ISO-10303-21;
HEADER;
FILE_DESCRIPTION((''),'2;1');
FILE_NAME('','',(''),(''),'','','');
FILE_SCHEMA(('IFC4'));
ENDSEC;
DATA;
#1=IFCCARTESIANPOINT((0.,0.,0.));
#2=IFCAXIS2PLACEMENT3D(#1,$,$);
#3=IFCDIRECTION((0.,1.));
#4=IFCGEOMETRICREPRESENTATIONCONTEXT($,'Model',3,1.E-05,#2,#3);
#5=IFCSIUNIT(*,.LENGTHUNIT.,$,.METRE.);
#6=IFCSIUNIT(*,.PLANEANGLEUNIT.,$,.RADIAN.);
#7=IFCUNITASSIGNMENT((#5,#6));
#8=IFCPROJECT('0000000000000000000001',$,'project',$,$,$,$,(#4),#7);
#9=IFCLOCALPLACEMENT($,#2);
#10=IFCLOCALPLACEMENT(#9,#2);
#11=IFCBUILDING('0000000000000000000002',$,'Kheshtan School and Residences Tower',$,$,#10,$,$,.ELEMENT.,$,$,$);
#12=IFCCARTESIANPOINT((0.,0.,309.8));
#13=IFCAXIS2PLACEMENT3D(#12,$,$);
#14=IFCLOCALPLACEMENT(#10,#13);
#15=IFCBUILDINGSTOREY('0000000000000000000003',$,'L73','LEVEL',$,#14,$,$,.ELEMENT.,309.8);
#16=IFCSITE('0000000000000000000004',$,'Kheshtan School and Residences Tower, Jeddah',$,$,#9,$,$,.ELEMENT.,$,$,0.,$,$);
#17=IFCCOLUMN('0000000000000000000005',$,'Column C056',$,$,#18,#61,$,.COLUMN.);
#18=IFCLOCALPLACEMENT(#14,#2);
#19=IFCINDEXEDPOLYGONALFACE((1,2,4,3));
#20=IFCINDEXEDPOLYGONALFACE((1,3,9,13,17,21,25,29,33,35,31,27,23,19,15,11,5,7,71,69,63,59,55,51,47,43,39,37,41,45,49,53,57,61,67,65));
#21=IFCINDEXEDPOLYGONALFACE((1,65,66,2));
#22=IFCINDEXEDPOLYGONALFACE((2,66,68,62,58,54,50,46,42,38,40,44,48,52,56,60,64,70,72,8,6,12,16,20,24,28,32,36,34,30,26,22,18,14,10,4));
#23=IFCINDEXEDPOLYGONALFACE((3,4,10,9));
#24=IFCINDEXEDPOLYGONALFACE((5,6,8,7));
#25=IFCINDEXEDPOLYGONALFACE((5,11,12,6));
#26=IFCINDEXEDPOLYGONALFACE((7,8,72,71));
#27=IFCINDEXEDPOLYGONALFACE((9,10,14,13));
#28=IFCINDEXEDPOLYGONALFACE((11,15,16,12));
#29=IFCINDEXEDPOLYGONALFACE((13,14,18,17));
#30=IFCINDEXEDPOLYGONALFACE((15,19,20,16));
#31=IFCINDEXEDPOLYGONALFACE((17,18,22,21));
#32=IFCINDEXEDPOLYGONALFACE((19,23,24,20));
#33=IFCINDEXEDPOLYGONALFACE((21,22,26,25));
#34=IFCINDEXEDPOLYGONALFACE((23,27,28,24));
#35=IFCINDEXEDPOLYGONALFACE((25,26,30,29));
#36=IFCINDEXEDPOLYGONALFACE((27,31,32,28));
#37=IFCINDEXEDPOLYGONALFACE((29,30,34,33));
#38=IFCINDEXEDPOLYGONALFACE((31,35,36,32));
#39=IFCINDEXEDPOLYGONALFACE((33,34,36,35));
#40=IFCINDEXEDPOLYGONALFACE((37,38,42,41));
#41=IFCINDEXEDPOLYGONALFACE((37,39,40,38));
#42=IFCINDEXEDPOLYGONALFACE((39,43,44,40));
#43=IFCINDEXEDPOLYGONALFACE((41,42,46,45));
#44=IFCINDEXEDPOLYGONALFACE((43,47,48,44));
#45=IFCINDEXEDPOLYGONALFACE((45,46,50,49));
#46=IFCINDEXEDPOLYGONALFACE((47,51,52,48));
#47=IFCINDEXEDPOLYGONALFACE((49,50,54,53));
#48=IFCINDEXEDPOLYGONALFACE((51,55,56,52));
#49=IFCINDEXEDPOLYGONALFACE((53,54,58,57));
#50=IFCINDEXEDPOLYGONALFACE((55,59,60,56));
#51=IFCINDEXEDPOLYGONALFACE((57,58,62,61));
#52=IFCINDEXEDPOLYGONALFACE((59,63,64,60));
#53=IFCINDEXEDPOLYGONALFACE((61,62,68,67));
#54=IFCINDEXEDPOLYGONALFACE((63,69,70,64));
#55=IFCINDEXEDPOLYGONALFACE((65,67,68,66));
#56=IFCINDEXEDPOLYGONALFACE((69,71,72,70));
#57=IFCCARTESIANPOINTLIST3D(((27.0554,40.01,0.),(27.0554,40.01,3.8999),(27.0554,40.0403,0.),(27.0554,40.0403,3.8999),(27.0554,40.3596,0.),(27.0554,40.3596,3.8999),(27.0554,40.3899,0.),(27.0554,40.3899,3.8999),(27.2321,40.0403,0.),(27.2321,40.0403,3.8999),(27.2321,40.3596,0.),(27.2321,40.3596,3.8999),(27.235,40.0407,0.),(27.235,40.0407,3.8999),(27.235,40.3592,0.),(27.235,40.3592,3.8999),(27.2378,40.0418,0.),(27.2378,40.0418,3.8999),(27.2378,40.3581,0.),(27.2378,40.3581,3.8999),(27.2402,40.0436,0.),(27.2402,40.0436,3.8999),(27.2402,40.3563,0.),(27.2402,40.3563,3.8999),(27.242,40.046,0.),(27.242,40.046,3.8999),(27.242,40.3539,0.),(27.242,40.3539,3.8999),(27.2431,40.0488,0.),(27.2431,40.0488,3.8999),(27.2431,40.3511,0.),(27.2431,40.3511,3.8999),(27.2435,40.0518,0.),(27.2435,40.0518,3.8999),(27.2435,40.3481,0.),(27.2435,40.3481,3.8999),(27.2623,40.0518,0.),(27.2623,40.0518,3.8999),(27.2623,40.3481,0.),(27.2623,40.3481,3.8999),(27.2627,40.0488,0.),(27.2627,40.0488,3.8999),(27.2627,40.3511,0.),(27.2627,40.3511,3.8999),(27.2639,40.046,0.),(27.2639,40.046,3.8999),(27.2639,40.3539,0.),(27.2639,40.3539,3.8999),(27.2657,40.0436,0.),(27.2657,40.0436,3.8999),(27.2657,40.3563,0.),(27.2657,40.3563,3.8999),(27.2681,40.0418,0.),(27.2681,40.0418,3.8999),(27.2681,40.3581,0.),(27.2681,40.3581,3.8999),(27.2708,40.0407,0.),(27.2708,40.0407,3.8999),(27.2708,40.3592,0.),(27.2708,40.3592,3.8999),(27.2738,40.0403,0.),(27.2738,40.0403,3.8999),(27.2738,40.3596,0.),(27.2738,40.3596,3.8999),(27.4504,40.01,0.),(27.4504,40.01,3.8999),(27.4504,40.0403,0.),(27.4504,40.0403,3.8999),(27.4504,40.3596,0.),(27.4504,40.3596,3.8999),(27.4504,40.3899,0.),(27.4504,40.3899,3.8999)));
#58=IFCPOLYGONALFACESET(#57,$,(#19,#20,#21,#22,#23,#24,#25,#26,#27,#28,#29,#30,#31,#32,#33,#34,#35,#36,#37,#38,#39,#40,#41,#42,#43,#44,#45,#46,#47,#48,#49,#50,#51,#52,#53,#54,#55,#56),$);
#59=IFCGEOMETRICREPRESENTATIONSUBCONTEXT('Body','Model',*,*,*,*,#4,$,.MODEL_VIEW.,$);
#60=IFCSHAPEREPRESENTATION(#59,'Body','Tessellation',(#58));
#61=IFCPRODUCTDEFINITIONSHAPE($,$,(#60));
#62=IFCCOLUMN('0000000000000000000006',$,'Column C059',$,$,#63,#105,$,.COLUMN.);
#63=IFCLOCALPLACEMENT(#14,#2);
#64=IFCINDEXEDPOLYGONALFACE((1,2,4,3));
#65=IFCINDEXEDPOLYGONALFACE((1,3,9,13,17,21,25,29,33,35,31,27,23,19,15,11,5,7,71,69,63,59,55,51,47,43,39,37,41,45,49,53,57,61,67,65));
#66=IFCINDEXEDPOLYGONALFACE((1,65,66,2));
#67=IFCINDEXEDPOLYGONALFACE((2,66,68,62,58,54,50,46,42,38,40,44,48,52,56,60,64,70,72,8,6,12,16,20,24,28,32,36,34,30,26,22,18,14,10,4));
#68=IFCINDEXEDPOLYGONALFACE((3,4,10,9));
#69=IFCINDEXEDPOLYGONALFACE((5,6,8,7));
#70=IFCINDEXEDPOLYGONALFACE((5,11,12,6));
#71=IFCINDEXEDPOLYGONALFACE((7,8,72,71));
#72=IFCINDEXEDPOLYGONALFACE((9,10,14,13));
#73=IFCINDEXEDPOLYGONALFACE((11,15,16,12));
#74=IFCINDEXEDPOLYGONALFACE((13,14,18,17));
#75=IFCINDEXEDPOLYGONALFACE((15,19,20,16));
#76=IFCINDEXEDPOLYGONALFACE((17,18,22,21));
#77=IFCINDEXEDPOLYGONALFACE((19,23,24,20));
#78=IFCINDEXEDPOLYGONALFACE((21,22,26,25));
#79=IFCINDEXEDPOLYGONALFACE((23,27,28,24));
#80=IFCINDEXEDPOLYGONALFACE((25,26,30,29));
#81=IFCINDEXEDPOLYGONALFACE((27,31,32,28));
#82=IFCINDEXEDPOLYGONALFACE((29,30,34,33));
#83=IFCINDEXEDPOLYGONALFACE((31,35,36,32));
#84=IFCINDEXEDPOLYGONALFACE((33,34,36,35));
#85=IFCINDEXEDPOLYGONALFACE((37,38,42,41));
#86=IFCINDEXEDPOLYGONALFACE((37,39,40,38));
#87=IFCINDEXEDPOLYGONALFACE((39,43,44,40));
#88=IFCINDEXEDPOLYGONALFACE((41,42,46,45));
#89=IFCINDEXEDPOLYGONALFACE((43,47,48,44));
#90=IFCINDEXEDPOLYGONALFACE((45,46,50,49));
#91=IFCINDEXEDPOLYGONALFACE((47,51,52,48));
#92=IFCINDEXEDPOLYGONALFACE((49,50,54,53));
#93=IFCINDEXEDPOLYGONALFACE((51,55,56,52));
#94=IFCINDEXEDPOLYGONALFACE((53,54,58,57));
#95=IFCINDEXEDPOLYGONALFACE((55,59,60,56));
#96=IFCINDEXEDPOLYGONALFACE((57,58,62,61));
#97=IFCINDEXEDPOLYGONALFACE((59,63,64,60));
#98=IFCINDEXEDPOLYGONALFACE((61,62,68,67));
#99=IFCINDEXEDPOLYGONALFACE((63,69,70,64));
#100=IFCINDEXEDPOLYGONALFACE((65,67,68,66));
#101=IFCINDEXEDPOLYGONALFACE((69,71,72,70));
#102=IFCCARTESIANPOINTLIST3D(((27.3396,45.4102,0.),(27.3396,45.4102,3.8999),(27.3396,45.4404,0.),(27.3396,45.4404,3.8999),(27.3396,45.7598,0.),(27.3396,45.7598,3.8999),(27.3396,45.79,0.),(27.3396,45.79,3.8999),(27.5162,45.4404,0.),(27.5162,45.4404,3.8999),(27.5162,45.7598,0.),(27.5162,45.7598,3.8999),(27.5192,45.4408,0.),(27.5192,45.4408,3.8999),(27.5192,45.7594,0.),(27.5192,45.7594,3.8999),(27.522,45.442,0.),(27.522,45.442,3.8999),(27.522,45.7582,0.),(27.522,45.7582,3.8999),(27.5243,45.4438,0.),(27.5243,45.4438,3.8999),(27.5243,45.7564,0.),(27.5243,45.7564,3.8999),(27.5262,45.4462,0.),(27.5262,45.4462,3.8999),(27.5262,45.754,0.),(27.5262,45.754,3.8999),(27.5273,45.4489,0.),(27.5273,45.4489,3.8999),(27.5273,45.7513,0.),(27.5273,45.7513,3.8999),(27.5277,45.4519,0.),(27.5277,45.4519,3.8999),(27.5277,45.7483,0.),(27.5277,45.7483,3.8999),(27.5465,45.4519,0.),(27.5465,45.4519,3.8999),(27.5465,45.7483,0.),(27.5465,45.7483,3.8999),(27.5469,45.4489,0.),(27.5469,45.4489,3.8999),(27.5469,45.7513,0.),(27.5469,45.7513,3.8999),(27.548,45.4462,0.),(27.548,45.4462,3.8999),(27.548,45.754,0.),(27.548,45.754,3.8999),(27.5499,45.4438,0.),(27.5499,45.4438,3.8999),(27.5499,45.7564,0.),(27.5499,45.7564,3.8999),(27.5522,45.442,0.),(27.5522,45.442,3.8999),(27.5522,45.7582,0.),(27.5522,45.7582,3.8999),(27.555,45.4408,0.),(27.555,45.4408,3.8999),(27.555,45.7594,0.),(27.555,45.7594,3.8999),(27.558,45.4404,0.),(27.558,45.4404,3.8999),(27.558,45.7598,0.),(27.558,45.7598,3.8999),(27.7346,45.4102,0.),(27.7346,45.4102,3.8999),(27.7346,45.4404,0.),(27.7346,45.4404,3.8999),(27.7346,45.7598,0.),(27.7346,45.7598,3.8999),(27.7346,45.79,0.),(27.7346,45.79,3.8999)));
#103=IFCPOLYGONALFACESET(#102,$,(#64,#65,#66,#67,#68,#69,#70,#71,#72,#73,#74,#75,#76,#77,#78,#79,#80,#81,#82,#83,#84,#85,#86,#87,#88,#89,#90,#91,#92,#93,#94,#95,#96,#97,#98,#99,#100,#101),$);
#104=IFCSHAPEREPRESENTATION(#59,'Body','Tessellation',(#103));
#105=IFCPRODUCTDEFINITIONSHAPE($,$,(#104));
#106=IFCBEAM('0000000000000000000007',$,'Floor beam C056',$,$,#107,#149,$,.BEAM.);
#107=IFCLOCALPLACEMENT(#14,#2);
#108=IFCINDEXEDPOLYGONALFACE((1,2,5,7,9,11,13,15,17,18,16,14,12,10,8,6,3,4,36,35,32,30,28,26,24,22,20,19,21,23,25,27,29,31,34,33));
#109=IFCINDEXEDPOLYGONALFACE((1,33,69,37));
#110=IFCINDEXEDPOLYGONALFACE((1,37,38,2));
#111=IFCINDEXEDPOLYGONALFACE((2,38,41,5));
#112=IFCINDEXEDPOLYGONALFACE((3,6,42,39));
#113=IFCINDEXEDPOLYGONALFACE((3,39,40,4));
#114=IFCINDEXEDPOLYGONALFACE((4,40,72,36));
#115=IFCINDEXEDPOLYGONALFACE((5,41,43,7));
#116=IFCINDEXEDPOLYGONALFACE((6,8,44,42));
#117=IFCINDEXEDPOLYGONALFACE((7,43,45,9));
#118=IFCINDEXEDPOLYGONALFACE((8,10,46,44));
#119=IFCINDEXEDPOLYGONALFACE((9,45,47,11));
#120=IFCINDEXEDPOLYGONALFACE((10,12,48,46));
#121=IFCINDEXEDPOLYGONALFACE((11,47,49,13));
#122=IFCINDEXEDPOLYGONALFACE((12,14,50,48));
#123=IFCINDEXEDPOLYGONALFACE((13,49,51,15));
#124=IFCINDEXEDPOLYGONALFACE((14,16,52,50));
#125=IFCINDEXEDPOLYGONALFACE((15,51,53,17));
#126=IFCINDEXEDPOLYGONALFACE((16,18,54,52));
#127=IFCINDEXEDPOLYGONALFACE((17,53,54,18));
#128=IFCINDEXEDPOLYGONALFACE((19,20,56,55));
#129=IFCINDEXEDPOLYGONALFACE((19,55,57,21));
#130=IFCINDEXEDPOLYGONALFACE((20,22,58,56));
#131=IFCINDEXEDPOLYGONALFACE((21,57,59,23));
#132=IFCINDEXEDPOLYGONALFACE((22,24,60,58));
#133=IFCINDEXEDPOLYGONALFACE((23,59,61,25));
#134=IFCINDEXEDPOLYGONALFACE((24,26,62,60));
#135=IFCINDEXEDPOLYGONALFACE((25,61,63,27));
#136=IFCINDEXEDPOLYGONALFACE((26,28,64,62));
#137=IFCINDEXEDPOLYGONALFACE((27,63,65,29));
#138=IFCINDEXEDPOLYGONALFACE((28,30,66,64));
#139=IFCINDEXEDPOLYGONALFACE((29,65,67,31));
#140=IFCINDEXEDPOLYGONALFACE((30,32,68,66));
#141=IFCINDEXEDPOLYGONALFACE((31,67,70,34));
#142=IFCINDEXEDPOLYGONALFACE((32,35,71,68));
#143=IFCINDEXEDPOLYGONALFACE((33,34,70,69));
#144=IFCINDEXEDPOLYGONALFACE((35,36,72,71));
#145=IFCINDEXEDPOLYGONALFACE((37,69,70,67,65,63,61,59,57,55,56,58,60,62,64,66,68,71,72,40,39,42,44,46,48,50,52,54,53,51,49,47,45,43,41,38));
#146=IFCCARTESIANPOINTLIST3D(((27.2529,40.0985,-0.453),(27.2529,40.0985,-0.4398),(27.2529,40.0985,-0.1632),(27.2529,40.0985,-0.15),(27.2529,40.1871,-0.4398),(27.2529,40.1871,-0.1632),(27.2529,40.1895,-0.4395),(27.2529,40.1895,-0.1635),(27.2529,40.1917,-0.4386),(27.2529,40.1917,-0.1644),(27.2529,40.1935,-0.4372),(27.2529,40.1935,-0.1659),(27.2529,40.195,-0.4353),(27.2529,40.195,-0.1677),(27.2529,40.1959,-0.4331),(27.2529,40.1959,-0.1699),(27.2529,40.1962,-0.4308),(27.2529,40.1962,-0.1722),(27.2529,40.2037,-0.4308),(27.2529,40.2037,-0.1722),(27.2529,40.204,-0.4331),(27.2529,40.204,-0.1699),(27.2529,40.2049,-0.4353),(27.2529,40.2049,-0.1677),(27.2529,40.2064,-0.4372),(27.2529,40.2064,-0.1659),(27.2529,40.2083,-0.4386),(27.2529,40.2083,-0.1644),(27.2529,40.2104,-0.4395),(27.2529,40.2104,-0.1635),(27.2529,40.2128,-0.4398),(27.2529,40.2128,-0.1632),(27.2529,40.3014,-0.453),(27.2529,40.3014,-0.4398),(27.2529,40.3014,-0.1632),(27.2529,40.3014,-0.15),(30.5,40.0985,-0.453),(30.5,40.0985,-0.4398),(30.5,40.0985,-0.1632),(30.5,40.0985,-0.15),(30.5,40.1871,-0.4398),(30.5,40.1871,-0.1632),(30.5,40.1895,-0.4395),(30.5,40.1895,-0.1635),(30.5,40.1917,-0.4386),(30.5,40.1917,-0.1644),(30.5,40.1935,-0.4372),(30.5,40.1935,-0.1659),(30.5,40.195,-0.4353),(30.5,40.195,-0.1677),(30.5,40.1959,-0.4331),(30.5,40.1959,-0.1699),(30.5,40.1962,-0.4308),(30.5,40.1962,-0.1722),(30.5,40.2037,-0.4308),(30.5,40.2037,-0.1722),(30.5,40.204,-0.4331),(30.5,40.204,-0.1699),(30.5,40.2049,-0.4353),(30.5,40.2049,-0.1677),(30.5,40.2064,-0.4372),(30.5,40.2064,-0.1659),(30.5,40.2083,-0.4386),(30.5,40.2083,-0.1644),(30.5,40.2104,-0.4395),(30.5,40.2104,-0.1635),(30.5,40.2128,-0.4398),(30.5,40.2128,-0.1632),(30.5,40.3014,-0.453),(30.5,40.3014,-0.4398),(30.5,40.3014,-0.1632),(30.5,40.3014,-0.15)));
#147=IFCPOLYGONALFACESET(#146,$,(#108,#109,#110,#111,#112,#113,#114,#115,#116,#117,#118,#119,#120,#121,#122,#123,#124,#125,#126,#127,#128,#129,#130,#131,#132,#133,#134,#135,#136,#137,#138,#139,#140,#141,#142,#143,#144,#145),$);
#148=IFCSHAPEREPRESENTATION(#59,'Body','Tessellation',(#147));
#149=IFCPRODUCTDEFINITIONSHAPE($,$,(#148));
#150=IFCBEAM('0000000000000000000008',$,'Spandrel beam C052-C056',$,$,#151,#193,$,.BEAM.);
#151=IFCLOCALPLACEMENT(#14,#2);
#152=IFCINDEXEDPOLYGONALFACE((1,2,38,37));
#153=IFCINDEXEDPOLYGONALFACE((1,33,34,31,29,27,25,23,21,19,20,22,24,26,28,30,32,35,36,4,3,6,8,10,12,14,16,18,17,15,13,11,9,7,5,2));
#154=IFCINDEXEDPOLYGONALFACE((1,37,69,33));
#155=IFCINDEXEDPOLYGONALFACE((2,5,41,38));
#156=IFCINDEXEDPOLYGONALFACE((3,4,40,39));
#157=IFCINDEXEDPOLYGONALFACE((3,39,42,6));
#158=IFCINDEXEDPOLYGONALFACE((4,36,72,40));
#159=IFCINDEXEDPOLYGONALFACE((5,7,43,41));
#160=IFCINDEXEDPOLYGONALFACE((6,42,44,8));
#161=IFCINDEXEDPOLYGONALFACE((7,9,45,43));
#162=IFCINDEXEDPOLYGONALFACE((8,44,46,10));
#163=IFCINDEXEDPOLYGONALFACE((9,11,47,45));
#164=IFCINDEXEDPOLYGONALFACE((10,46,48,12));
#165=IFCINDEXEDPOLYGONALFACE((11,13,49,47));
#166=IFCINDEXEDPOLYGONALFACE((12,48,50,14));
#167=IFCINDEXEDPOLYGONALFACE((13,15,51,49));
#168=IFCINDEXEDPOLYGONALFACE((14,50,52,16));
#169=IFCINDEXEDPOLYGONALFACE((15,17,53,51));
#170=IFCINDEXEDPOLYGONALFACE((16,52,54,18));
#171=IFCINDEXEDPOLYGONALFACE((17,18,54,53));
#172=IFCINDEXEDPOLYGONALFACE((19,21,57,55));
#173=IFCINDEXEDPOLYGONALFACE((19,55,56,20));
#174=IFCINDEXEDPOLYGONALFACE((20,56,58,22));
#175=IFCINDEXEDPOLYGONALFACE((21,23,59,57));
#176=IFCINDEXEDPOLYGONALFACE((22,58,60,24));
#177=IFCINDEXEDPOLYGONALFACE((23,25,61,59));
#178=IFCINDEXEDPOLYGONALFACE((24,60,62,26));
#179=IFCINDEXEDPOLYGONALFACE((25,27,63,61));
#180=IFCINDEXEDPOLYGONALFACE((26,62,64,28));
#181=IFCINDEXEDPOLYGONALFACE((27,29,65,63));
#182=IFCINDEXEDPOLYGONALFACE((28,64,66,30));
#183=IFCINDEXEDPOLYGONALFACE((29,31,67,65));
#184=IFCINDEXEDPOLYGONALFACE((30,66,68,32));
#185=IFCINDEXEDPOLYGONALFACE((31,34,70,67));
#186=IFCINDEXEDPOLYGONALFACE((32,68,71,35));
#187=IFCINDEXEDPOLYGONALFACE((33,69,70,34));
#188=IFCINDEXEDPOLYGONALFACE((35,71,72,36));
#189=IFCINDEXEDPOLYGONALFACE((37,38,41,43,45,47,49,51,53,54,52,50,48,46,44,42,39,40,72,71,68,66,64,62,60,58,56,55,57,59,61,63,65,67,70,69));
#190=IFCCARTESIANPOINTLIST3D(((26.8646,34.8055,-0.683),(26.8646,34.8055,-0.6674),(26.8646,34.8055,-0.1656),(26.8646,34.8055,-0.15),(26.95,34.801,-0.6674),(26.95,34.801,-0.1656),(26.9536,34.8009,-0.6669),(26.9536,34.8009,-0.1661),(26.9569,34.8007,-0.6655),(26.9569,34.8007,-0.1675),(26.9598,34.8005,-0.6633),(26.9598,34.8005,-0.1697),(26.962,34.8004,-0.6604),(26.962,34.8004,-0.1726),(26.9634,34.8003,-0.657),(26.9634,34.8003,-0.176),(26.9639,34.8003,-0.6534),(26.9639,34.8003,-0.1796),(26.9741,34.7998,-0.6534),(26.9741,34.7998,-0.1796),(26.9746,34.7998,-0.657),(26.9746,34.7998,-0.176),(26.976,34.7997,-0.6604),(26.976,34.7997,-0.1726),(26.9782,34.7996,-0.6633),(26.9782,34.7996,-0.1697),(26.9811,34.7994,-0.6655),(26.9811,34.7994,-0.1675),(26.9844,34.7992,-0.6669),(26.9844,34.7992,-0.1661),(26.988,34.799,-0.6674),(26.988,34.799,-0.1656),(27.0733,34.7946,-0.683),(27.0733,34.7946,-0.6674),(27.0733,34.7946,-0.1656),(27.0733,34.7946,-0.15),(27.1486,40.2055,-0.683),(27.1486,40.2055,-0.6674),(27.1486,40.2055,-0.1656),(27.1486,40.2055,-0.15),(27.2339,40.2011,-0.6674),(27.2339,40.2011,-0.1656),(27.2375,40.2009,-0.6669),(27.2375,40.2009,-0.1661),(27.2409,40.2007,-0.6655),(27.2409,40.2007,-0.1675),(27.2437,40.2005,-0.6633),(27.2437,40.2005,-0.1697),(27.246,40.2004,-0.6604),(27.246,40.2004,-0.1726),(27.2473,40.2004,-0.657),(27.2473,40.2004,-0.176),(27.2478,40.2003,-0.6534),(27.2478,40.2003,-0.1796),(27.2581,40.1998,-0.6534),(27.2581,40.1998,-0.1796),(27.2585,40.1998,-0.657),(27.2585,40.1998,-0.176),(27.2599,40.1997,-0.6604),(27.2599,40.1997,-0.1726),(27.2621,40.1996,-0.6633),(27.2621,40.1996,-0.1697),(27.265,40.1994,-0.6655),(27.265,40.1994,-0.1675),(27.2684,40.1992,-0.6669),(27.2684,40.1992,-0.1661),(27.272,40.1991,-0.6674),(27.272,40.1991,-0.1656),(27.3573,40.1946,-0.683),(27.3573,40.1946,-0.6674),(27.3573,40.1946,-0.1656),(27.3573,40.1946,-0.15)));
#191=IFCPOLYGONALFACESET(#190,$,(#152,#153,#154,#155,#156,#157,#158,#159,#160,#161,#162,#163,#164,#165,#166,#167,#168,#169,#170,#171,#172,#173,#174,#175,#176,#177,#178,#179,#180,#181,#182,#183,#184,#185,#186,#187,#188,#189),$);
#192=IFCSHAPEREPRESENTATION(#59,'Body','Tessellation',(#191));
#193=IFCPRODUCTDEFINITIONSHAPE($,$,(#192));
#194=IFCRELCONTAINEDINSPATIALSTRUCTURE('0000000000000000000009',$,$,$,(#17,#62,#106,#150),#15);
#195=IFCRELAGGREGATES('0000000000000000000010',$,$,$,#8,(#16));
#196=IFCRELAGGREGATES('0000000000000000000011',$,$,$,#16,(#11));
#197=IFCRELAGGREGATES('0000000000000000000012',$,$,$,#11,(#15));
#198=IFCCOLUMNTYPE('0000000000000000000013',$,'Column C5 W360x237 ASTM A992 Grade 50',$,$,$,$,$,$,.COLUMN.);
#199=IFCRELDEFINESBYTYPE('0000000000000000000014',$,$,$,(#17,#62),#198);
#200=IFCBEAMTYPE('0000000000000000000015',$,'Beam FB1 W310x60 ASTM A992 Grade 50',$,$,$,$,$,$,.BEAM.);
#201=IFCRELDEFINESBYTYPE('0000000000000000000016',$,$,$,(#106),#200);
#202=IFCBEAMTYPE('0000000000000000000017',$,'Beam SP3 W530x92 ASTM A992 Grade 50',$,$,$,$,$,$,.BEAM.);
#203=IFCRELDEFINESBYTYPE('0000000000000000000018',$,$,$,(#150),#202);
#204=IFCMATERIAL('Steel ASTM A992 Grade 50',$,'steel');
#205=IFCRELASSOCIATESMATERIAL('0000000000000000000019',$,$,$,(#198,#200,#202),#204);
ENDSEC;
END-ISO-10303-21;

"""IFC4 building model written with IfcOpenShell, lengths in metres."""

from ifc_helpers import new_model, si_unit, direction, frame, origin, origin_2d, place, context, subcontext, project, spatial, i_section, extrude, material, material_profile, profile_set, type_object, element, save


model = new_model("IFC4")

# Units and contexts
model_context = context("Model", 3, precision=1e-05, world=origin(), true_north=direction((0.0, 1.0)))
body_context = subcontext(model_context, "Body", "Model", "MODEL_VIEW")
ifc_project = project(units=[si_unit("LENGTHUNIT", "METRE"), si_unit("PLANEANGLEUNIT", "RADIAN")], contexts=[model_context])

# Site, building, storey
site_placement = place(None, origin())
site = spatial("IfcSite", under=ifc_project, at=site_placement, Name="Kheshtan School and Residences Tower, Jeddah", CompositionType="ELEMENT", RefElevation=0.0)
building_placement = place(site_placement, origin())
building = spatial("IfcBuilding", under=site, at=building_placement, Name="Kheshtan School and Residences Tower", CompositionType="ELEMENT")
storey_placement = place(building_placement, frame((0.0, 0.0, 309.8)))
storey = spatial("IfcBuildingStorey", under=building, at=storey_placement, Name="L73", Description="LEVEL", CompositionType="ELEMENT", Elevation=309.8)

# Columns
ifc_material_1 = material(Name="Steel ASTM A992 Grade 50", Category="steel")
ifc_material_profile_1 = material_profile(ifc_material_1, i_section(OverallWidth=0.395, OverallDepth=0.3799, WebThickness=0.0188, FlangeThickness=0.0303, FilletRadius=0.0115, at=origin_2d()), Name="W360x237")
ifc_profile_set_1 = profile_set([ifc_material_profile_1], Name="Steel ASTM A992 Grade 50")
column_type = type_object("IfcColumnType", Name="Column C5 W360x237 ASTM A992 Grade 50", PredefinedType="COLUMN", material=ifc_profile_set_1)
for number, where, z_axis, x_axis, name in (
    (1, (27.2529, 40.2, 0.0), (0.0, 0.0, 1.0), (1.0, 0.0, 0.0), "Column C056"),
    (2, (27.5371, 45.6001, 0.0), (0.0, 0.0, 1.0), (1.0, 0.0, 0.0), "Column C059"),
):
    element("IfcColumn", number, at=place(storey_placement, frame(where, z_axis=z_axis, x_axis=x_axis)), inside=storey, type_object=column_type, Name=name, PredefinedType="COLUMN", context=body_context, shape_type="SweptSolid", body=[
        extrude(i_section(OverallWidth=0.395, OverallDepth=0.3799, WebThickness=0.0188, FlangeThickness=0.0303, FilletRadius=0.0115, at=origin_2d()), origin(), (0.0, 0.0, 1.0), 3.8999),
    ])

# Beams
ifc_material_profile_2 = material_profile(ifc_material_1, i_section(OverallWidth=0.2029, OverallDepth=0.303, WebThickness=0.0076, FlangeThickness=0.0132, FilletRadius=0.009, at=origin_2d()), Name="W310x60")
ifc_profile_set_2 = profile_set([ifc_material_profile_2], Name="Steel ASTM A992 Grade 50")
beam_type_1 = type_object("IfcBeamType", Name="Beam FB1 W310x60 ASTM A992 Grade 50", PredefinedType="BEAM", material=ifc_profile_set_2)
beam_1_placement = place(storey_placement, frame((27.2529, 40.2, -0.3015), z_axis=(1.0, 0.0, 0.0), x_axis=(0.0, 1.0, 0.0)))
element("IfcBeam", 3, at=beam_1_placement, inside=storey, type_object=beam_type_1, Name="Floor beam C056", PredefinedType="BEAM", context=body_context, shape_type="SweptSolid", body=[
    extrude(i_section(OverallWidth=0.2029, OverallDepth=0.303, WebThickness=0.0076, FlangeThickness=0.0132, FilletRadius=0.009, at=origin_2d()), origin(), (0.0, 0.0, 1.0), 3.2471),
])
ifc_material_profile_3 = material_profile(ifc_material_1, i_section(OverallWidth=0.209, OverallDepth=0.533, WebThickness=0.0103, FlangeThickness=0.0156, FilletRadius=0.0139, at=origin_2d()), Name="W530x92")
ifc_profile_set_3 = profile_set([ifc_material_profile_3], Name="Steel ASTM A992 Grade 50")
beam_type_2 = type_object("IfcBeamType", Name="Beam SP3 W530x92 ASTM A992 Grade 50", PredefinedType="BEAM", material=ifc_profile_set_3)
beam_2_placement = place(storey_placement, frame((26.969, 34.8, -0.4165), z_axis=(0.052509, 0.99862, 0.0), x_axis=(-0.99862, 0.052509, 0.0)))
element("IfcBeam", 4, at=beam_2_placement, inside=storey, type_object=beam_type_2, Name="Spandrel beam C052-C056", PredefinedType="BEAM", context=body_context, shape_type="SweptSolid", body=[
    extrude(i_section(OverallWidth=0.209, OverallDepth=0.533, WebThickness=0.0103, FlangeThickness=0.0156, FilletRadius=0.0139, at=origin_2d()), origin(), (0.0, 0.0, 1.0), 5.4075),
])

save(model, "model.ifc")
